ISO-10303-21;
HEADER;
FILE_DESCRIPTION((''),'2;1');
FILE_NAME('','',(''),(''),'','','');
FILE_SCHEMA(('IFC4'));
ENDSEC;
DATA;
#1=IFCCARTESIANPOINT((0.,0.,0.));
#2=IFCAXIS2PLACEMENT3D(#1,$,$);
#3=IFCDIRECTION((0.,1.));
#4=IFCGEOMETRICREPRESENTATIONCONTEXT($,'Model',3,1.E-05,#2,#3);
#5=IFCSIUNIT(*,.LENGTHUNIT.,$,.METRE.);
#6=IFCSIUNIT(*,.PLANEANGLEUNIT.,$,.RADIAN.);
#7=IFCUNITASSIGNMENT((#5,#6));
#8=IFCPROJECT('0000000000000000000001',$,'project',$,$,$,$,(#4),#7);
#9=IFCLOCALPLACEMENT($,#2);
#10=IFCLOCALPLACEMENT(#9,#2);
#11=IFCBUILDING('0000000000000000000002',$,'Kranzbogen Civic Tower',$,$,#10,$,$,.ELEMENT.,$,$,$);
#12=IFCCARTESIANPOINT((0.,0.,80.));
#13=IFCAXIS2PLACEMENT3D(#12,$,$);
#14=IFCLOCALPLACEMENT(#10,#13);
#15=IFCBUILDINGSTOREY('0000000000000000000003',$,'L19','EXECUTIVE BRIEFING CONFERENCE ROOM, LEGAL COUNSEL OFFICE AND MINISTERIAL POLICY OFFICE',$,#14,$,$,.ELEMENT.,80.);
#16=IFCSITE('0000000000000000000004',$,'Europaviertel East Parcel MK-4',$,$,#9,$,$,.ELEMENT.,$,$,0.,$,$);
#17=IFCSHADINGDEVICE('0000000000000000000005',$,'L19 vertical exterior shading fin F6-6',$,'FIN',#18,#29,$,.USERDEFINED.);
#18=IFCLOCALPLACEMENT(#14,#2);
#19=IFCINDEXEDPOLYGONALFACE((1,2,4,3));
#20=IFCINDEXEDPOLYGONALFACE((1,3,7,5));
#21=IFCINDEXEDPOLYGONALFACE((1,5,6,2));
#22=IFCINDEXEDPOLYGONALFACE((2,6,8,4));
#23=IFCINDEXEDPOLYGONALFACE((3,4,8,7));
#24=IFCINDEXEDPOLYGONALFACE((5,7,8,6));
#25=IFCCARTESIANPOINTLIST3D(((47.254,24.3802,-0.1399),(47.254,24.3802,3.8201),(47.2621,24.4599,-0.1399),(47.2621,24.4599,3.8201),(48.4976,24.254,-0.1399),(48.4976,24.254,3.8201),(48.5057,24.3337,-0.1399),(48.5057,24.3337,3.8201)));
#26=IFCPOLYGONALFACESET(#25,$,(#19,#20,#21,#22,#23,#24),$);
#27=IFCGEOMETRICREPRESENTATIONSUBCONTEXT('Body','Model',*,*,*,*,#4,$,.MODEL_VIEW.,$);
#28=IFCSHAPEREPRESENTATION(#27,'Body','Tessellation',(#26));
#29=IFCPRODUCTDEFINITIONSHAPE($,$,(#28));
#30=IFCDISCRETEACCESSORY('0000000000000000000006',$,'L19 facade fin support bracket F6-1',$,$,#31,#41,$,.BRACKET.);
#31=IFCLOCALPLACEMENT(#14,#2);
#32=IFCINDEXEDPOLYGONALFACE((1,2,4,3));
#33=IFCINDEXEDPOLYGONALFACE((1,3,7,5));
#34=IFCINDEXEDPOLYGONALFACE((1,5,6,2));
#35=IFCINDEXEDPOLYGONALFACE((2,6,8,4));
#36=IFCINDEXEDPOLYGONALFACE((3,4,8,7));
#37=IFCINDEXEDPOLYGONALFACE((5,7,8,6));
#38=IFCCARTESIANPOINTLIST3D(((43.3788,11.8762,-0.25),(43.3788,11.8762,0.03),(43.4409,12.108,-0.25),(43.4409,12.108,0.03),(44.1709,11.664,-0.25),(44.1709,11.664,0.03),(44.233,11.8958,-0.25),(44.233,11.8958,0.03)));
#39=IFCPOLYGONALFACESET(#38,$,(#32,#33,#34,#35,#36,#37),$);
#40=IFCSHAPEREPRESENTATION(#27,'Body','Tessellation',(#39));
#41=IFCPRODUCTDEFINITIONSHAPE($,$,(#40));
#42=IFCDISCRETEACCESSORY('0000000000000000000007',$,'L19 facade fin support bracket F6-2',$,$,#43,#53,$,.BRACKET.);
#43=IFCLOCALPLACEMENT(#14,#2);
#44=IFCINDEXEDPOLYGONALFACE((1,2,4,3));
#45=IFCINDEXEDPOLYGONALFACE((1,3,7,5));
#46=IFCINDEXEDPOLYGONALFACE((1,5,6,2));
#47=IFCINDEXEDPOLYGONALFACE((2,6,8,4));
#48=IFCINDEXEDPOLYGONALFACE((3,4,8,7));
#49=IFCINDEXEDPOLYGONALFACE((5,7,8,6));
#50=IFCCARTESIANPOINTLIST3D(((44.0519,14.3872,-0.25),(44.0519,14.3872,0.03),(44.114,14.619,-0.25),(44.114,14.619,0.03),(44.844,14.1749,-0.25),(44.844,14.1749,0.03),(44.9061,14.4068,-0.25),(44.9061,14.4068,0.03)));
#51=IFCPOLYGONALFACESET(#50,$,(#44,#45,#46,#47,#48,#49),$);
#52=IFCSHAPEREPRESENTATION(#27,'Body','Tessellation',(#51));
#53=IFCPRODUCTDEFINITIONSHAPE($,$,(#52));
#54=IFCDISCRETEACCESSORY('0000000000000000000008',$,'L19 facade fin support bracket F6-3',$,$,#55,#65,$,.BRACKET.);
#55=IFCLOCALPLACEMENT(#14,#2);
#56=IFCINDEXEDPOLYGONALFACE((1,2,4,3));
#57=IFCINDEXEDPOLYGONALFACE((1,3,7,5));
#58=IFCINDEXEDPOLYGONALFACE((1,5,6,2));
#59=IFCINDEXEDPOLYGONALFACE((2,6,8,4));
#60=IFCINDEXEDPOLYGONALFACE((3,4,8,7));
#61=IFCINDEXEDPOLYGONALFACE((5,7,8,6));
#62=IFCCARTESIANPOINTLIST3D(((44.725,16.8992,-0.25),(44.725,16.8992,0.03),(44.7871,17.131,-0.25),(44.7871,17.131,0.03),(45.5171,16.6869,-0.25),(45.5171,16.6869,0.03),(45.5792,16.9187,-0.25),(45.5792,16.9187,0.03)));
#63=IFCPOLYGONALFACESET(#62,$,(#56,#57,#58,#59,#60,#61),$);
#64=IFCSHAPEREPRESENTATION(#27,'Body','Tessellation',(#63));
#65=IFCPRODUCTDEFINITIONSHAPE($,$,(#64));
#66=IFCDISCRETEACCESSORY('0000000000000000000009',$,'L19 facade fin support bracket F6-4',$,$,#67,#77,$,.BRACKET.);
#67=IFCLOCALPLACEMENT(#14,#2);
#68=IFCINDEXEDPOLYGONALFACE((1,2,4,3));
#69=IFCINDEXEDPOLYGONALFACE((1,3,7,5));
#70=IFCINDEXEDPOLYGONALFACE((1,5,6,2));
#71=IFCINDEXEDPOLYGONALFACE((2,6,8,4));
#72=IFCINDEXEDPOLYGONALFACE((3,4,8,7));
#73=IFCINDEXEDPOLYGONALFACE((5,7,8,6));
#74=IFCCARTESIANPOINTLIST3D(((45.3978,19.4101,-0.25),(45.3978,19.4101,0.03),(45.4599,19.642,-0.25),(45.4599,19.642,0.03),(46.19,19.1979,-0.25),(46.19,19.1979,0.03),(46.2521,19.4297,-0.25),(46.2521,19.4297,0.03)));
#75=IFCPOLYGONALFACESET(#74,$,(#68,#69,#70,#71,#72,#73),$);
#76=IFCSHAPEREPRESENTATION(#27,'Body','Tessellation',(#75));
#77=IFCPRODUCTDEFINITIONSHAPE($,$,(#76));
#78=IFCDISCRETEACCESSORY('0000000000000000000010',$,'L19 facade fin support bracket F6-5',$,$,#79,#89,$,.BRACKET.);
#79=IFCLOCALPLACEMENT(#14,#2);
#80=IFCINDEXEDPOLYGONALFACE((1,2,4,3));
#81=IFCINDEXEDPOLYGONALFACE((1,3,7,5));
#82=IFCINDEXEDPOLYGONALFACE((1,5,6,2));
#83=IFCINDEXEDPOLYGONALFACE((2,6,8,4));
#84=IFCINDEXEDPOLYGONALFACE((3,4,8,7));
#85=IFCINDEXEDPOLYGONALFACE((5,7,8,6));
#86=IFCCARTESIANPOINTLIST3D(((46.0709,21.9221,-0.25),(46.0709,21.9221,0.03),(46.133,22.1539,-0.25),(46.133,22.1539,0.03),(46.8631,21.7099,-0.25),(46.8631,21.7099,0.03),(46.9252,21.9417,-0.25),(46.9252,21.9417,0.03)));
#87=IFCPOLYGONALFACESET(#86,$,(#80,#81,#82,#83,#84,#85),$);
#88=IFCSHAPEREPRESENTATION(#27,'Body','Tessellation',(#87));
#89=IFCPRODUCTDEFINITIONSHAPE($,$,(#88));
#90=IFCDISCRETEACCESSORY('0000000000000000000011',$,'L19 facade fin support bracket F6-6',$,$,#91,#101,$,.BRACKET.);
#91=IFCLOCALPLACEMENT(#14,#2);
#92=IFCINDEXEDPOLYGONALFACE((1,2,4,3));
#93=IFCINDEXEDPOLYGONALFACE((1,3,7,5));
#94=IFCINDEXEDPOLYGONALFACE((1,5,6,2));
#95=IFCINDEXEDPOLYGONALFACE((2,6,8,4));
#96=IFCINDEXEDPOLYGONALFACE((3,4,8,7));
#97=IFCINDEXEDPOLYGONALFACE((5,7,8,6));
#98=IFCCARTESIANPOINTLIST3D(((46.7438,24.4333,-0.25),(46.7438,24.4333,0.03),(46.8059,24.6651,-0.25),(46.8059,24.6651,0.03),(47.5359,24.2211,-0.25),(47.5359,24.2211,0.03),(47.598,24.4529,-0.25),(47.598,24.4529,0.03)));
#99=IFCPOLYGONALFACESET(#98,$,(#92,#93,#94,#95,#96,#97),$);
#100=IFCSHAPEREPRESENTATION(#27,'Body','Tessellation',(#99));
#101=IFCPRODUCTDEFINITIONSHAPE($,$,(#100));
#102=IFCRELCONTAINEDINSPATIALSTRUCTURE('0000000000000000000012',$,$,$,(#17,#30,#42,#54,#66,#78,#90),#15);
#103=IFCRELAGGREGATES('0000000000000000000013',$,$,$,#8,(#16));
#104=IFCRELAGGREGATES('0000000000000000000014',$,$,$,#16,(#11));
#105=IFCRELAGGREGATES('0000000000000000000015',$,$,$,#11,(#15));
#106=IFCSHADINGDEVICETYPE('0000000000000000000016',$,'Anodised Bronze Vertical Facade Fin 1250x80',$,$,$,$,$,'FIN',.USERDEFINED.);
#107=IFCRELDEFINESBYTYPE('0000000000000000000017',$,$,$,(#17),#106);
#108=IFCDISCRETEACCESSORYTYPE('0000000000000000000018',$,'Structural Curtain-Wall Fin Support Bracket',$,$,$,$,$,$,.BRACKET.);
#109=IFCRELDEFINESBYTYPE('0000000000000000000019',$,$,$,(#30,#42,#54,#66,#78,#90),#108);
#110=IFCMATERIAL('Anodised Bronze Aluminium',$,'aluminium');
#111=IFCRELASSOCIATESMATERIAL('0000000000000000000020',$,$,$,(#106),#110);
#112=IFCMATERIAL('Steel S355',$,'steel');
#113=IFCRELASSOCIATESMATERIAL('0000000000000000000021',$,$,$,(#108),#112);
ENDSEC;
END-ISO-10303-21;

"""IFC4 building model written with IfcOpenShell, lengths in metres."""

from ifc_helpers import new_model, si_unit, direction, frame, origin, origin_2d, place, context, subcontext, project, spatial, rectangle, extrude, material, type_object, element, save


model = new_model("IFC4")

# Units and contexts
model_context = context("Model", 3, precision=1e-05, world=origin(), true_north=direction((0.0, 1.0)))
body_context = subcontext(model_context, "Body", "Model", "MODEL_VIEW")
ifc_project = project(units=[si_unit("LENGTHUNIT", "METRE"), si_unit("PLANEANGLEUNIT", "RADIAN")], contexts=[model_context])

# Site, building, storey
site_placement = place(None, origin())
site = spatial("IfcSite", under=ifc_project, at=site_placement, Name="Europaviertel East Parcel MK-4", CompositionType="ELEMENT", RefElevation=0.0)
building_placement = place(site_placement, origin())
building = spatial("IfcBuilding", under=site, at=building_placement, Name="Kranzbogen Civic Tower", CompositionType="ELEMENT")
storey_placement = place(building_placement, frame((0.0, 0.0, 80.0)))
storey = spatial("IfcBuildingStorey", under=building, at=storey_placement, Name="L19", Description="EXECUTIVE BRIEFING CONFERENCE ROOM, LEGAL COUNSEL OFFICE AND MINISTERIAL POLICY OFFICE", CompositionType="ELEMENT", Elevation=80.0)

# Shared definitions
ifc_material_1 = material(Name="Steel S355", Category="steel")

# Shading device
ifc_material_2 = material(Name="Anodised Bronze Aluminium", Category="aluminium")
shading_device_type = type_object("IfcShadingDeviceType", Name="Anodised Bronze Vertical Facade Fin 1250x80", ElementType="FIN", PredefinedType="USERDEFINED", material=ifc_material_2)
for number, where, z_axis, x_axis, name in (
    (1, (47.8799, 24.3569, -0.1399), (0.0, 0.0, 1.0), (0.99489, -0.100969, 0.0), "L19 vertical exterior shading fin F6-6"),
):
    element("IfcShadingDevice", number, at=place(storey_placement, frame(where, z_axis=z_axis, x_axis=x_axis)), inside=storey, type_object=shading_device_type, Name=name, ObjectType="FIN", PredefinedType="USERDEFINED", context=body_context, shape_type="SweptSolid", body=[
        extrude(rectangle(XDim=1.25, YDim=0.0801, at=origin_2d()), origin(), (0.0, 0.0, 1.0), 3.96),
    ])

# Discrete accessories
discrete_accessory_type = type_object("IfcDiscreteAccessoryType", Name="Structural Curtain-Wall Fin Support Bracket", PredefinedType="BRACKET", material=ifc_material_1)
for number, where, z_axis, x_axis, name in (
    (2, (43.8059, 11.886, -0.25), (0.0, 0.0, 1.0), (0.965926, -0.258819, 0.0), "L19 facade fin support bracket F6-1"),
    (3, (44.479, 14.397, -0.25), (0.0, 0.0, 1.0), (0.965926, -0.258819, 0.0), "L19 facade fin support bracket F6-2"),
    (4, (45.1521, 16.9089, -0.25), (0.0, 0.0, 1.0), (0.965926, -0.258819, 0.0), "L19 facade fin support bracket F6-3"),
    (5, (45.825, 19.4199, -0.25), (0.0, 0.0, 1.0), (0.965926, -0.258819, 0.0), "L19 facade fin support bracket F6-4"),
    (6, (46.498, 21.9319, -0.25), (0.0, 0.0, 1.0), (0.965926, -0.258819, 0.0), "L19 facade fin support bracket F6-5"),
    (7, (47.1709, 24.4431, -0.25), (0.0, 0.0, 1.0), (0.965926, -0.258819, 0.0), "L19 facade fin support bracket F6-6"),
):
    element("IfcDiscreteAccessory", number, at=place(storey_placement, frame(where, z_axis=z_axis, x_axis=x_axis)), inside=storey, type_object=discrete_accessory_type, Name=name, PredefinedType="BRACKET", context=body_context, shape_type="SweptSolid", body=[
        extrude(rectangle(XDim=0.8201, YDim=0.24, at=origin_2d()), origin(), (0.0, 0.0, 1.0), 0.28),
    ])

save(model, "model.ifc")
